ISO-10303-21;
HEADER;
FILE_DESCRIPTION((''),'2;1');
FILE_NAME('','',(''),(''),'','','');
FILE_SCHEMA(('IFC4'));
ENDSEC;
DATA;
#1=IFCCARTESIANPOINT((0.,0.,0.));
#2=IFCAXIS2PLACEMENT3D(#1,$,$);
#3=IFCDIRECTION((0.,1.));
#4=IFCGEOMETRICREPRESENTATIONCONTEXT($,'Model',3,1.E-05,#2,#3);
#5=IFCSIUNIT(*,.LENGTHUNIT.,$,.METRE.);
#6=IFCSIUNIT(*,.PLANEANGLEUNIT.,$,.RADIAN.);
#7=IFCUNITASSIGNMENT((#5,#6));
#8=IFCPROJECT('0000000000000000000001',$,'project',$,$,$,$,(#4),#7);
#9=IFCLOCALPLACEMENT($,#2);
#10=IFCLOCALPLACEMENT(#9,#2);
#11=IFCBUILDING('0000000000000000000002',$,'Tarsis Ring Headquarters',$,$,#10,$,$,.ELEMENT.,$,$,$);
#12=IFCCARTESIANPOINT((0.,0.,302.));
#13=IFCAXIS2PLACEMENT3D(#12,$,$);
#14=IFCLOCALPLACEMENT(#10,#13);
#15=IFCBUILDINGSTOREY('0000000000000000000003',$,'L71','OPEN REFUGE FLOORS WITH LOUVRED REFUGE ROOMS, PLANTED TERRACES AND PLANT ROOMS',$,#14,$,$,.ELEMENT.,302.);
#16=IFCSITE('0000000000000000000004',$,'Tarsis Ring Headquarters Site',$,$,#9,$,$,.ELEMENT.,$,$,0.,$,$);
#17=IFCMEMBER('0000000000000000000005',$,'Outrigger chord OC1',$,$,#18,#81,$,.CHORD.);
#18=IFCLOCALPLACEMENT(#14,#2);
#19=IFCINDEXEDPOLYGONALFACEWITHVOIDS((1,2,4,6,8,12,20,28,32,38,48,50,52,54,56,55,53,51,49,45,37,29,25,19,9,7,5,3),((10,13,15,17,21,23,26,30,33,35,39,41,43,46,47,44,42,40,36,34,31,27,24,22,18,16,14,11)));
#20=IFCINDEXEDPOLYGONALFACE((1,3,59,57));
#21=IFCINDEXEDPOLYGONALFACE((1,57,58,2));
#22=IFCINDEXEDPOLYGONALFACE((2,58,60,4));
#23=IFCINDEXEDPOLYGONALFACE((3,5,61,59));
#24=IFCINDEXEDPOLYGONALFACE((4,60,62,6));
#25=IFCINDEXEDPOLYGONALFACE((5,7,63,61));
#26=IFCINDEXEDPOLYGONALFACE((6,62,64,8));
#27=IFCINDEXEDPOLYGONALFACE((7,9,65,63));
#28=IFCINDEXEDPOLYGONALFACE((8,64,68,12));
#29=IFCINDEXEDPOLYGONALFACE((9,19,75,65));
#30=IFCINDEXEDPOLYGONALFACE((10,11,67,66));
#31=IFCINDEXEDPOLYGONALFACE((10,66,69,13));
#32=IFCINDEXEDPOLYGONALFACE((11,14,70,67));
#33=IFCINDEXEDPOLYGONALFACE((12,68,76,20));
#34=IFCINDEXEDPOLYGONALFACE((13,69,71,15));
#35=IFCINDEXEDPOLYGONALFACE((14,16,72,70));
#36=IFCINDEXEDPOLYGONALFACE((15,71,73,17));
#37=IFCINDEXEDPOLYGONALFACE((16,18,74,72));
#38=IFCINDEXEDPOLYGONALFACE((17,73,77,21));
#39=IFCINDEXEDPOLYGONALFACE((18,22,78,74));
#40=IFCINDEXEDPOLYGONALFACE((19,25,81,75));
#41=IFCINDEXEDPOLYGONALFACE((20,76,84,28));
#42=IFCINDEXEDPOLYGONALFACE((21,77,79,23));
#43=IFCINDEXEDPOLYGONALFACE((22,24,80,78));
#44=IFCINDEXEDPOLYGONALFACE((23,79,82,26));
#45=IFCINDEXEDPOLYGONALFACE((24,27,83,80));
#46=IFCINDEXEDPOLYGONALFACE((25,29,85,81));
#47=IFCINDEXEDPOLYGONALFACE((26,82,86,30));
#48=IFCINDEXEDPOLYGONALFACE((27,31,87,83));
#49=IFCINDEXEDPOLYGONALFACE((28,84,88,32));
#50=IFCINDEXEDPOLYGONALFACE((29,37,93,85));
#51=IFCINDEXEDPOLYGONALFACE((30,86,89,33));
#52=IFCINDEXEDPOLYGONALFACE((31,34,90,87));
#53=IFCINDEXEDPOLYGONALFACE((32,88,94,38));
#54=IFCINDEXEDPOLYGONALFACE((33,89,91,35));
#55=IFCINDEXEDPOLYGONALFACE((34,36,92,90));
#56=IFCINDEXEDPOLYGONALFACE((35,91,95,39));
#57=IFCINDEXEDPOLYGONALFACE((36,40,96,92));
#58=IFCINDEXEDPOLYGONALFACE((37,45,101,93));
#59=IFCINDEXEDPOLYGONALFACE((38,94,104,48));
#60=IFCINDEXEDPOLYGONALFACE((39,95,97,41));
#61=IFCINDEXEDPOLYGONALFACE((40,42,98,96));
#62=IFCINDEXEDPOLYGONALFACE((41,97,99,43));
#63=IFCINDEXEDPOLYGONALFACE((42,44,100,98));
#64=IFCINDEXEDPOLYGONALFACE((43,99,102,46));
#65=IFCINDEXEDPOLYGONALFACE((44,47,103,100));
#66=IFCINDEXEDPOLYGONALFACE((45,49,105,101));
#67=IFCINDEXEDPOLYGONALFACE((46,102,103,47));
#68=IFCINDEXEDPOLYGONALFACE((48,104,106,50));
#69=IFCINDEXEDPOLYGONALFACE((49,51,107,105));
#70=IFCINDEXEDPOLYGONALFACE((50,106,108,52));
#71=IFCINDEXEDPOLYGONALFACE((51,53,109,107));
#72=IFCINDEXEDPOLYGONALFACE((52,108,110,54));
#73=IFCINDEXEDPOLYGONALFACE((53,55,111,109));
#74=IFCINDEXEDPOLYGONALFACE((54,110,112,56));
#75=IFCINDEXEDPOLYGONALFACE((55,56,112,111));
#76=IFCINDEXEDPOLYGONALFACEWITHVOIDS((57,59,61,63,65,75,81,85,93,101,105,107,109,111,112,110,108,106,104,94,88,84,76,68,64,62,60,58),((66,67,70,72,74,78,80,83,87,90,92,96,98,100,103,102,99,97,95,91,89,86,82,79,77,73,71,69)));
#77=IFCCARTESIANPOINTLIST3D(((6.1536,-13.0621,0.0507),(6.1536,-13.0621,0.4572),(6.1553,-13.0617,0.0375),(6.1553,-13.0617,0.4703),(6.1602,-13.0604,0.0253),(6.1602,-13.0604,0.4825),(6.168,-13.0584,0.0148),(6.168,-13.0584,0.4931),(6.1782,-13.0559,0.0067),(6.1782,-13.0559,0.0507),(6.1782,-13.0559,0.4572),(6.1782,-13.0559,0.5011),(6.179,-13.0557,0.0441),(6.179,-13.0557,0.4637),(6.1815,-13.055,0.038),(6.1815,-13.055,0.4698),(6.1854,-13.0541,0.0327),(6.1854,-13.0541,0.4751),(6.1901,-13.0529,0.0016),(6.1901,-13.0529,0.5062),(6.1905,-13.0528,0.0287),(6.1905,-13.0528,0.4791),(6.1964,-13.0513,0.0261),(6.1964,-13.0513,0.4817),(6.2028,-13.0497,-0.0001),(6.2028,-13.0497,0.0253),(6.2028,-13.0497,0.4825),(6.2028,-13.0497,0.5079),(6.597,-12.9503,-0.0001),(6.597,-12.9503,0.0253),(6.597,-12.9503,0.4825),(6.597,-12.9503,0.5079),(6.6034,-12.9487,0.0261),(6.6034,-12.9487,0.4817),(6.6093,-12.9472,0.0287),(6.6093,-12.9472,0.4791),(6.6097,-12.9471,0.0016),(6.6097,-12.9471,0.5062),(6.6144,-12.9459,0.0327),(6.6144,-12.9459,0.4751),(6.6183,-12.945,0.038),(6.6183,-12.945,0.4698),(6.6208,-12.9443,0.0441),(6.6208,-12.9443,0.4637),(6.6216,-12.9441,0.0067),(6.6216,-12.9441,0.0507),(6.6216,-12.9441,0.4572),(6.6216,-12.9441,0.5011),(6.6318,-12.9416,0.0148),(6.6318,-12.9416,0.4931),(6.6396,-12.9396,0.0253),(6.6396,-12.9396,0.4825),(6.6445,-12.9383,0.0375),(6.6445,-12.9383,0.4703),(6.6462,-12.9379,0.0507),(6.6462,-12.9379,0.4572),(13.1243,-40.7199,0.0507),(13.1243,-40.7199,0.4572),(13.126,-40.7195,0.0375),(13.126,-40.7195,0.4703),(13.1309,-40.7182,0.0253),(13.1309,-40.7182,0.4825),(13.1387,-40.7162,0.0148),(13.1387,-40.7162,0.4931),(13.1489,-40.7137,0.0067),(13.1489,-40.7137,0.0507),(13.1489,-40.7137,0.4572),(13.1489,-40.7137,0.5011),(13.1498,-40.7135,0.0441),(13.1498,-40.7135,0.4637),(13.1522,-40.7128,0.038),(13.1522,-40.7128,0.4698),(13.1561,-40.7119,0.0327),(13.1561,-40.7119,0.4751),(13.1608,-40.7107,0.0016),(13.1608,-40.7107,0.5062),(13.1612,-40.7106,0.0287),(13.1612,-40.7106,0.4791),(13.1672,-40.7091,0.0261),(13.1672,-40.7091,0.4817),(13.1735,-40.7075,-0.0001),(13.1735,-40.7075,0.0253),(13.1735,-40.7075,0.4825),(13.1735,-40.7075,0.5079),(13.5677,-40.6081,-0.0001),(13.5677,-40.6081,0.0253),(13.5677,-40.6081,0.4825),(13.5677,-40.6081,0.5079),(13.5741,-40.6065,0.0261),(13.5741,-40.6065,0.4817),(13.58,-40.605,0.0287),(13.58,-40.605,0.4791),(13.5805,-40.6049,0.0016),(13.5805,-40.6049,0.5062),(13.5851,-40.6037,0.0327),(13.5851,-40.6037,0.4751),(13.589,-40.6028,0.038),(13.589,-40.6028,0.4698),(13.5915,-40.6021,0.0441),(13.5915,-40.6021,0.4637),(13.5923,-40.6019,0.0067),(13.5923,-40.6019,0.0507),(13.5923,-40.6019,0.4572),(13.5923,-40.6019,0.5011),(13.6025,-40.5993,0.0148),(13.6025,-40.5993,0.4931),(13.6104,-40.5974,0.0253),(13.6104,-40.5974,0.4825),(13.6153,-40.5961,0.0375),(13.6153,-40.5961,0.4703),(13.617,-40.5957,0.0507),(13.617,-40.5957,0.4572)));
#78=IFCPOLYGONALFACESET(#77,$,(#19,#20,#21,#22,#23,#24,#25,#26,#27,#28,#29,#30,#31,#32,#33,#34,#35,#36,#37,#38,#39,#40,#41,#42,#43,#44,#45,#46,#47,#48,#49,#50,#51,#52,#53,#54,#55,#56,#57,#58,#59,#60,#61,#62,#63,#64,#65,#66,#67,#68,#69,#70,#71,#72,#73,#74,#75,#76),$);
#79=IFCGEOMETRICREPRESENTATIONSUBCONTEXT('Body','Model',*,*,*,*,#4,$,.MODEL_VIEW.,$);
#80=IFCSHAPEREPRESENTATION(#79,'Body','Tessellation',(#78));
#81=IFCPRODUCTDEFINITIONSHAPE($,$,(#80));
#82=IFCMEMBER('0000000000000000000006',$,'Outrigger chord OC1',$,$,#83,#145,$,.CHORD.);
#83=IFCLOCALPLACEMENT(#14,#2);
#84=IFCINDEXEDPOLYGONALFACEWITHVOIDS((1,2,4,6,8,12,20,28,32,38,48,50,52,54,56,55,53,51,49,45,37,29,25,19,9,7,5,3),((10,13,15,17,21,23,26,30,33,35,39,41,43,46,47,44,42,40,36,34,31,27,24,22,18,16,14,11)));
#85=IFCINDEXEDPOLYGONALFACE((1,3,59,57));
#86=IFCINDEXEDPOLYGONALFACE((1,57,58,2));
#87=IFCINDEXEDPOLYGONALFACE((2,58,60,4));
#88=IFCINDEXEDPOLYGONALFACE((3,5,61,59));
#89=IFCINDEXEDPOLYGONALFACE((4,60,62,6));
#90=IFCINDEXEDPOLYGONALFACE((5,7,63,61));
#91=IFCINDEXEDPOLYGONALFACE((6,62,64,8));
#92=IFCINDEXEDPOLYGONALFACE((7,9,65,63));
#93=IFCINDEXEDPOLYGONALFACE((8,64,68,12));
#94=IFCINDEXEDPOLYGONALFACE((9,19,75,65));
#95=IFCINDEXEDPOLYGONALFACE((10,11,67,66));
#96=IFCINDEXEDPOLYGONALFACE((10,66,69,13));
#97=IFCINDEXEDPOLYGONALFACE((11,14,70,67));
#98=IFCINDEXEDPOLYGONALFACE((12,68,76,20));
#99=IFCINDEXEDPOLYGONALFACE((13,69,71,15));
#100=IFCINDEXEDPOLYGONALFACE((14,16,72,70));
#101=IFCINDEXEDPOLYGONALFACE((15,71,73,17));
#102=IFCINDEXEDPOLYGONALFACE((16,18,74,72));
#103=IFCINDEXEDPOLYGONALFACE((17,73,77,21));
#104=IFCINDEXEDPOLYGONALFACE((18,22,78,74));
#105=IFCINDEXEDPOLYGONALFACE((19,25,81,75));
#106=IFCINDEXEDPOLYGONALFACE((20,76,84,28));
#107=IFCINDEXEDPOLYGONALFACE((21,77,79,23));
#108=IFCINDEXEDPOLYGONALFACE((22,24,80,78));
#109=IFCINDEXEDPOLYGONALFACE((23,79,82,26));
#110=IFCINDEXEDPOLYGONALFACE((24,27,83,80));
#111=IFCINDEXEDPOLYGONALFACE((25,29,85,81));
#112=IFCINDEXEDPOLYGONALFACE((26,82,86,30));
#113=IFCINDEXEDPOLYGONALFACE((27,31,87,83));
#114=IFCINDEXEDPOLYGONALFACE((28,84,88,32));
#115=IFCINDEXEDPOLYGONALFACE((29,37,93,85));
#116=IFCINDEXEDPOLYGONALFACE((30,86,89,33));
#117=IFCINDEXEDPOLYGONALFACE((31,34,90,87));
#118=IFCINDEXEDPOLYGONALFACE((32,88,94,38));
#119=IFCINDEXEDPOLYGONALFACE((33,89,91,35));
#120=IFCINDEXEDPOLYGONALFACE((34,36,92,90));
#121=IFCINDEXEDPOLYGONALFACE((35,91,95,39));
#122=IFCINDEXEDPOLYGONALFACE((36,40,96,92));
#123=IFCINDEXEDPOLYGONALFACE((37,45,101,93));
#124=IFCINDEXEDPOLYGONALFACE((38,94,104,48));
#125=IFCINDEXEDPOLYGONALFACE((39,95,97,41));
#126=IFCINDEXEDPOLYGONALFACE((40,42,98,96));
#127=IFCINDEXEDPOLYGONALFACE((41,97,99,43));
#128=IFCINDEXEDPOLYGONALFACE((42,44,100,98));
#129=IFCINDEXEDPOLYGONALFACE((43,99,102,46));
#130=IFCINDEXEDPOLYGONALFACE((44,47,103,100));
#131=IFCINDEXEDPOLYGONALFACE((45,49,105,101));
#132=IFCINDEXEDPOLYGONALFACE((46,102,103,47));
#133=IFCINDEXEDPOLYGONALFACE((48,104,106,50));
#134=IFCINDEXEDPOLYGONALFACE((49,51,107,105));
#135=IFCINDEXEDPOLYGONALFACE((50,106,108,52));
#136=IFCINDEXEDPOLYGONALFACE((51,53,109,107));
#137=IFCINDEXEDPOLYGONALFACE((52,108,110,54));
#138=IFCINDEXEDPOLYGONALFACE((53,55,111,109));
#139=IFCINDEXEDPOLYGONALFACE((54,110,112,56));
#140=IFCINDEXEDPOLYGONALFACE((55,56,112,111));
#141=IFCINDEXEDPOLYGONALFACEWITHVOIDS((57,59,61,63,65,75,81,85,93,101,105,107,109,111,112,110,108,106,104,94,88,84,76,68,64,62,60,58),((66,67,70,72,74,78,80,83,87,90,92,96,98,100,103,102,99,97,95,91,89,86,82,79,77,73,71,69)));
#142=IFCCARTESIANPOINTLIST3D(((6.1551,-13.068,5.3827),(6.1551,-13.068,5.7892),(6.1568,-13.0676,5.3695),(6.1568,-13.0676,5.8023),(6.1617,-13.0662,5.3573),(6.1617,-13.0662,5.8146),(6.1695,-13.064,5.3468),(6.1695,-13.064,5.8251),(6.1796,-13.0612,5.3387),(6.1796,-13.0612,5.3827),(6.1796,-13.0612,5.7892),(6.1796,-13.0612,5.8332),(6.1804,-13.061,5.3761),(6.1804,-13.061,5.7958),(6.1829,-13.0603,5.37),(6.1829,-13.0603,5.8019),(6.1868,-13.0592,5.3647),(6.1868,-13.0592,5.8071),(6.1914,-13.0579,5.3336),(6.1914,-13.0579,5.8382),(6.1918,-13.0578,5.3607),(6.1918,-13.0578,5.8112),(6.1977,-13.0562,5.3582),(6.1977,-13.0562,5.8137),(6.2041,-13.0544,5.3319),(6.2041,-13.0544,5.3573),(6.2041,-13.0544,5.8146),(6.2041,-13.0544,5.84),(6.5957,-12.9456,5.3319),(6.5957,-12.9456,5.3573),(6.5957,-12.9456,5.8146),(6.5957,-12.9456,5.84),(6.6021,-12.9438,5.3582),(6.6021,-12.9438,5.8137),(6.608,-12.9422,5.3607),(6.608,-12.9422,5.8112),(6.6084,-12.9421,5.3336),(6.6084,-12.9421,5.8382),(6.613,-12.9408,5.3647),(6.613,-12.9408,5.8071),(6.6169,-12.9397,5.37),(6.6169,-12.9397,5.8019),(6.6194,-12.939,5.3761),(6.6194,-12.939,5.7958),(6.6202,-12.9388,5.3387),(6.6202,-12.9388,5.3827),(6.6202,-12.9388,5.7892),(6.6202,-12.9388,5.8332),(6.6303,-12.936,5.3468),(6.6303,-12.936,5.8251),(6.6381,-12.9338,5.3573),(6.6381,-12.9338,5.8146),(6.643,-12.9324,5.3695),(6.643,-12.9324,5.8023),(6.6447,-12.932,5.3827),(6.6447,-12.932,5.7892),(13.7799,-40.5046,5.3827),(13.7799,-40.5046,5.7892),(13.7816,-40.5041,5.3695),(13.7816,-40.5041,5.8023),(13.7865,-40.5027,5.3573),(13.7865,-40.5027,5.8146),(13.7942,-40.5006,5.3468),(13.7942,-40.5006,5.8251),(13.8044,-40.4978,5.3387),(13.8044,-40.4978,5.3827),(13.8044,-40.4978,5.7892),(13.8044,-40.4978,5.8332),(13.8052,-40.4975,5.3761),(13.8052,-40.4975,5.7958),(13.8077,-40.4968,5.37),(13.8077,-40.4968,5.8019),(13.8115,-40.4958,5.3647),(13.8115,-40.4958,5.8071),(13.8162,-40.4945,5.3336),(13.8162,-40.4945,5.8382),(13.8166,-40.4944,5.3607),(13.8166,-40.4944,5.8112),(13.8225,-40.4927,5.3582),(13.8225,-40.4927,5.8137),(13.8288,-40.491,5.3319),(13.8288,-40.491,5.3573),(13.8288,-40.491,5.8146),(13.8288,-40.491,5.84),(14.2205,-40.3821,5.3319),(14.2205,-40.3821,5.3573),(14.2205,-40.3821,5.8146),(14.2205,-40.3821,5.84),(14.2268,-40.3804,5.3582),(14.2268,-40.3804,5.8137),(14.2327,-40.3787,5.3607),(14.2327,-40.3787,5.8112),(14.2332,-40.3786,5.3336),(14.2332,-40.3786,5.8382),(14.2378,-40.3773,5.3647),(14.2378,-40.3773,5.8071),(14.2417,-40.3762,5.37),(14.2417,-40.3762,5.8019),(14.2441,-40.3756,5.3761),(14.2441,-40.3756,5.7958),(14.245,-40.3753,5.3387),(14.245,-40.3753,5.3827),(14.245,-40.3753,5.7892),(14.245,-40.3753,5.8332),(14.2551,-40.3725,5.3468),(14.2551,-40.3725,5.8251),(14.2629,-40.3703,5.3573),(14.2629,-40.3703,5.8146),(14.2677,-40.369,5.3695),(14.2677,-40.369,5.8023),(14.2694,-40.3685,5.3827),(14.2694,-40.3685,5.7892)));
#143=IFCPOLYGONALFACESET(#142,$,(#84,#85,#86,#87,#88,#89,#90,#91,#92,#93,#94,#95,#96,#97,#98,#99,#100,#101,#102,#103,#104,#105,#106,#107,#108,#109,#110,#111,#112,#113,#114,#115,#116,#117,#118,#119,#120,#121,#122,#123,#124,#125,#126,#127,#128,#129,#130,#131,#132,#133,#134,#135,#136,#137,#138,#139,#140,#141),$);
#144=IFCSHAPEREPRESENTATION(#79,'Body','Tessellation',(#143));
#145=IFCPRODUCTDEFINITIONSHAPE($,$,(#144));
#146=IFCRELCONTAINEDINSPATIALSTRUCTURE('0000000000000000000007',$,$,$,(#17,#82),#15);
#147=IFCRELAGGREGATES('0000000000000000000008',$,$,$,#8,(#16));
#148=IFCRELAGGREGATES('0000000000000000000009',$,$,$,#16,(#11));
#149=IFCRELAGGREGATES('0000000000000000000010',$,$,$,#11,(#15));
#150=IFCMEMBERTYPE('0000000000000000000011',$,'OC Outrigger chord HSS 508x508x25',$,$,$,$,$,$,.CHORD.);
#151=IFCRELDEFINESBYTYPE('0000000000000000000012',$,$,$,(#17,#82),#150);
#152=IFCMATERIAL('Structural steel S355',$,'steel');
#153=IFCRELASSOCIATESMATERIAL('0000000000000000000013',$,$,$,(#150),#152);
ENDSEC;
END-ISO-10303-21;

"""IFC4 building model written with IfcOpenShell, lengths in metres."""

from ifc_helpers import new_model, si_unit, direction, frame, origin, origin_2d, place, context, subcontext, project, spatial, hollow_rectangle, extrude, material, material_profile, profile_set, type_object, element, save


model = new_model("IFC4")

# Units and contexts
model_context = context("Model", 3, precision=1e-05, world=origin(), true_north=direction((0.0, 1.0)))
body_context = subcontext(model_context, "Body", "Model", "MODEL_VIEW")
ifc_project = project(units=[si_unit("LENGTHUNIT", "METRE"), si_unit("PLANEANGLEUNIT", "RADIAN")], contexts=[model_context])

# Site, building, storey
site_placement = place(None, origin())
site = spatial("IfcSite", under=ifc_project, at=site_placement, Name="Tarsis Ring Headquarters Site", CompositionType="ELEMENT", RefElevation=0.0)
building_placement = place(site_placement, origin())
building = spatial("IfcBuilding", under=site, at=building_placement, Name="Tarsis Ring Headquarters", CompositionType="ELEMENT")
storey_placement = place(building_placement, frame((0.0, 0.0, 302.0)))
storey = spatial("IfcBuildingStorey", under=building, at=storey_placement, Name="L71", Description="OPEN REFUGE FLOORS WITH LOUVRED REFUGE ROOMS, PLANTED TERRACES AND PLANT ROOMS", CompositionType="ELEMENT", Elevation=302.0)

# Members
ifc_material_1 = material(Name="Structural steel S355", Category="steel")
ifc_material_profile_1 = material_profile(ifc_material_1, hollow_rectangle(XDim=0.5081, YDim=0.5081, WallThickness=0.0254, InnerFilletRadius=0.0254, OuterFilletRadius=0.0508, at=origin_2d()), Name="HSS 508x508x25")
ifc_profile_set_1 = profile_set([ifc_material_profile_1], Name="Structural steel S355")
member_type_1 = type_object("IfcMemberType", Name="OC Outrigger chord HSS 508x508x25", PredefinedType="CHORD", material=ifc_profile_set_1)
member_1_placement = place(storey_placement, frame((6.3999, -13.0, 0.2539), z_axis=(0.244392, -0.969676, 0.0), x_axis=(0.969676, 0.244392, 0.0)))
element("IfcMember", 1, at=member_1_placement, inside=storey, type_object=member_type_1, Name="Outrigger chord OC1", PredefinedType="CHORD", context=body_context, shape_type="SweptSolid", body=[
    extrude(hollow_rectangle(XDim=0.5081, YDim=0.5081, WallThickness=0.0254, InnerFilletRadius=0.0254, OuterFilletRadius=0.0508, at=origin_2d()), origin(), (0.0, 0.0, 1.0), 28.5227),
])
member_2_placement = place(storey_placement, frame((6.3999, -13.0, 5.5859), z_axis=(0.267758, -0.963486, 0.0), x_axis=(0.963486, 0.267758, 0.0)))
element("IfcMember", 2, at=member_2_placement, inside=storey, type_object=member_type_1, Name="Outrigger chord OC1", PredefinedType="CHORD", context=body_context, shape_type="SweptSolid", body=[
    extrude(hollow_rectangle(XDim=0.5081, YDim=0.5081, WallThickness=0.0254, InnerFilletRadius=0.0254, OuterFilletRadius=0.0508, at=origin_2d()), origin(), (0.0, 0.0, 1.0), 28.4763),
])

save(model, "model.ifc")
